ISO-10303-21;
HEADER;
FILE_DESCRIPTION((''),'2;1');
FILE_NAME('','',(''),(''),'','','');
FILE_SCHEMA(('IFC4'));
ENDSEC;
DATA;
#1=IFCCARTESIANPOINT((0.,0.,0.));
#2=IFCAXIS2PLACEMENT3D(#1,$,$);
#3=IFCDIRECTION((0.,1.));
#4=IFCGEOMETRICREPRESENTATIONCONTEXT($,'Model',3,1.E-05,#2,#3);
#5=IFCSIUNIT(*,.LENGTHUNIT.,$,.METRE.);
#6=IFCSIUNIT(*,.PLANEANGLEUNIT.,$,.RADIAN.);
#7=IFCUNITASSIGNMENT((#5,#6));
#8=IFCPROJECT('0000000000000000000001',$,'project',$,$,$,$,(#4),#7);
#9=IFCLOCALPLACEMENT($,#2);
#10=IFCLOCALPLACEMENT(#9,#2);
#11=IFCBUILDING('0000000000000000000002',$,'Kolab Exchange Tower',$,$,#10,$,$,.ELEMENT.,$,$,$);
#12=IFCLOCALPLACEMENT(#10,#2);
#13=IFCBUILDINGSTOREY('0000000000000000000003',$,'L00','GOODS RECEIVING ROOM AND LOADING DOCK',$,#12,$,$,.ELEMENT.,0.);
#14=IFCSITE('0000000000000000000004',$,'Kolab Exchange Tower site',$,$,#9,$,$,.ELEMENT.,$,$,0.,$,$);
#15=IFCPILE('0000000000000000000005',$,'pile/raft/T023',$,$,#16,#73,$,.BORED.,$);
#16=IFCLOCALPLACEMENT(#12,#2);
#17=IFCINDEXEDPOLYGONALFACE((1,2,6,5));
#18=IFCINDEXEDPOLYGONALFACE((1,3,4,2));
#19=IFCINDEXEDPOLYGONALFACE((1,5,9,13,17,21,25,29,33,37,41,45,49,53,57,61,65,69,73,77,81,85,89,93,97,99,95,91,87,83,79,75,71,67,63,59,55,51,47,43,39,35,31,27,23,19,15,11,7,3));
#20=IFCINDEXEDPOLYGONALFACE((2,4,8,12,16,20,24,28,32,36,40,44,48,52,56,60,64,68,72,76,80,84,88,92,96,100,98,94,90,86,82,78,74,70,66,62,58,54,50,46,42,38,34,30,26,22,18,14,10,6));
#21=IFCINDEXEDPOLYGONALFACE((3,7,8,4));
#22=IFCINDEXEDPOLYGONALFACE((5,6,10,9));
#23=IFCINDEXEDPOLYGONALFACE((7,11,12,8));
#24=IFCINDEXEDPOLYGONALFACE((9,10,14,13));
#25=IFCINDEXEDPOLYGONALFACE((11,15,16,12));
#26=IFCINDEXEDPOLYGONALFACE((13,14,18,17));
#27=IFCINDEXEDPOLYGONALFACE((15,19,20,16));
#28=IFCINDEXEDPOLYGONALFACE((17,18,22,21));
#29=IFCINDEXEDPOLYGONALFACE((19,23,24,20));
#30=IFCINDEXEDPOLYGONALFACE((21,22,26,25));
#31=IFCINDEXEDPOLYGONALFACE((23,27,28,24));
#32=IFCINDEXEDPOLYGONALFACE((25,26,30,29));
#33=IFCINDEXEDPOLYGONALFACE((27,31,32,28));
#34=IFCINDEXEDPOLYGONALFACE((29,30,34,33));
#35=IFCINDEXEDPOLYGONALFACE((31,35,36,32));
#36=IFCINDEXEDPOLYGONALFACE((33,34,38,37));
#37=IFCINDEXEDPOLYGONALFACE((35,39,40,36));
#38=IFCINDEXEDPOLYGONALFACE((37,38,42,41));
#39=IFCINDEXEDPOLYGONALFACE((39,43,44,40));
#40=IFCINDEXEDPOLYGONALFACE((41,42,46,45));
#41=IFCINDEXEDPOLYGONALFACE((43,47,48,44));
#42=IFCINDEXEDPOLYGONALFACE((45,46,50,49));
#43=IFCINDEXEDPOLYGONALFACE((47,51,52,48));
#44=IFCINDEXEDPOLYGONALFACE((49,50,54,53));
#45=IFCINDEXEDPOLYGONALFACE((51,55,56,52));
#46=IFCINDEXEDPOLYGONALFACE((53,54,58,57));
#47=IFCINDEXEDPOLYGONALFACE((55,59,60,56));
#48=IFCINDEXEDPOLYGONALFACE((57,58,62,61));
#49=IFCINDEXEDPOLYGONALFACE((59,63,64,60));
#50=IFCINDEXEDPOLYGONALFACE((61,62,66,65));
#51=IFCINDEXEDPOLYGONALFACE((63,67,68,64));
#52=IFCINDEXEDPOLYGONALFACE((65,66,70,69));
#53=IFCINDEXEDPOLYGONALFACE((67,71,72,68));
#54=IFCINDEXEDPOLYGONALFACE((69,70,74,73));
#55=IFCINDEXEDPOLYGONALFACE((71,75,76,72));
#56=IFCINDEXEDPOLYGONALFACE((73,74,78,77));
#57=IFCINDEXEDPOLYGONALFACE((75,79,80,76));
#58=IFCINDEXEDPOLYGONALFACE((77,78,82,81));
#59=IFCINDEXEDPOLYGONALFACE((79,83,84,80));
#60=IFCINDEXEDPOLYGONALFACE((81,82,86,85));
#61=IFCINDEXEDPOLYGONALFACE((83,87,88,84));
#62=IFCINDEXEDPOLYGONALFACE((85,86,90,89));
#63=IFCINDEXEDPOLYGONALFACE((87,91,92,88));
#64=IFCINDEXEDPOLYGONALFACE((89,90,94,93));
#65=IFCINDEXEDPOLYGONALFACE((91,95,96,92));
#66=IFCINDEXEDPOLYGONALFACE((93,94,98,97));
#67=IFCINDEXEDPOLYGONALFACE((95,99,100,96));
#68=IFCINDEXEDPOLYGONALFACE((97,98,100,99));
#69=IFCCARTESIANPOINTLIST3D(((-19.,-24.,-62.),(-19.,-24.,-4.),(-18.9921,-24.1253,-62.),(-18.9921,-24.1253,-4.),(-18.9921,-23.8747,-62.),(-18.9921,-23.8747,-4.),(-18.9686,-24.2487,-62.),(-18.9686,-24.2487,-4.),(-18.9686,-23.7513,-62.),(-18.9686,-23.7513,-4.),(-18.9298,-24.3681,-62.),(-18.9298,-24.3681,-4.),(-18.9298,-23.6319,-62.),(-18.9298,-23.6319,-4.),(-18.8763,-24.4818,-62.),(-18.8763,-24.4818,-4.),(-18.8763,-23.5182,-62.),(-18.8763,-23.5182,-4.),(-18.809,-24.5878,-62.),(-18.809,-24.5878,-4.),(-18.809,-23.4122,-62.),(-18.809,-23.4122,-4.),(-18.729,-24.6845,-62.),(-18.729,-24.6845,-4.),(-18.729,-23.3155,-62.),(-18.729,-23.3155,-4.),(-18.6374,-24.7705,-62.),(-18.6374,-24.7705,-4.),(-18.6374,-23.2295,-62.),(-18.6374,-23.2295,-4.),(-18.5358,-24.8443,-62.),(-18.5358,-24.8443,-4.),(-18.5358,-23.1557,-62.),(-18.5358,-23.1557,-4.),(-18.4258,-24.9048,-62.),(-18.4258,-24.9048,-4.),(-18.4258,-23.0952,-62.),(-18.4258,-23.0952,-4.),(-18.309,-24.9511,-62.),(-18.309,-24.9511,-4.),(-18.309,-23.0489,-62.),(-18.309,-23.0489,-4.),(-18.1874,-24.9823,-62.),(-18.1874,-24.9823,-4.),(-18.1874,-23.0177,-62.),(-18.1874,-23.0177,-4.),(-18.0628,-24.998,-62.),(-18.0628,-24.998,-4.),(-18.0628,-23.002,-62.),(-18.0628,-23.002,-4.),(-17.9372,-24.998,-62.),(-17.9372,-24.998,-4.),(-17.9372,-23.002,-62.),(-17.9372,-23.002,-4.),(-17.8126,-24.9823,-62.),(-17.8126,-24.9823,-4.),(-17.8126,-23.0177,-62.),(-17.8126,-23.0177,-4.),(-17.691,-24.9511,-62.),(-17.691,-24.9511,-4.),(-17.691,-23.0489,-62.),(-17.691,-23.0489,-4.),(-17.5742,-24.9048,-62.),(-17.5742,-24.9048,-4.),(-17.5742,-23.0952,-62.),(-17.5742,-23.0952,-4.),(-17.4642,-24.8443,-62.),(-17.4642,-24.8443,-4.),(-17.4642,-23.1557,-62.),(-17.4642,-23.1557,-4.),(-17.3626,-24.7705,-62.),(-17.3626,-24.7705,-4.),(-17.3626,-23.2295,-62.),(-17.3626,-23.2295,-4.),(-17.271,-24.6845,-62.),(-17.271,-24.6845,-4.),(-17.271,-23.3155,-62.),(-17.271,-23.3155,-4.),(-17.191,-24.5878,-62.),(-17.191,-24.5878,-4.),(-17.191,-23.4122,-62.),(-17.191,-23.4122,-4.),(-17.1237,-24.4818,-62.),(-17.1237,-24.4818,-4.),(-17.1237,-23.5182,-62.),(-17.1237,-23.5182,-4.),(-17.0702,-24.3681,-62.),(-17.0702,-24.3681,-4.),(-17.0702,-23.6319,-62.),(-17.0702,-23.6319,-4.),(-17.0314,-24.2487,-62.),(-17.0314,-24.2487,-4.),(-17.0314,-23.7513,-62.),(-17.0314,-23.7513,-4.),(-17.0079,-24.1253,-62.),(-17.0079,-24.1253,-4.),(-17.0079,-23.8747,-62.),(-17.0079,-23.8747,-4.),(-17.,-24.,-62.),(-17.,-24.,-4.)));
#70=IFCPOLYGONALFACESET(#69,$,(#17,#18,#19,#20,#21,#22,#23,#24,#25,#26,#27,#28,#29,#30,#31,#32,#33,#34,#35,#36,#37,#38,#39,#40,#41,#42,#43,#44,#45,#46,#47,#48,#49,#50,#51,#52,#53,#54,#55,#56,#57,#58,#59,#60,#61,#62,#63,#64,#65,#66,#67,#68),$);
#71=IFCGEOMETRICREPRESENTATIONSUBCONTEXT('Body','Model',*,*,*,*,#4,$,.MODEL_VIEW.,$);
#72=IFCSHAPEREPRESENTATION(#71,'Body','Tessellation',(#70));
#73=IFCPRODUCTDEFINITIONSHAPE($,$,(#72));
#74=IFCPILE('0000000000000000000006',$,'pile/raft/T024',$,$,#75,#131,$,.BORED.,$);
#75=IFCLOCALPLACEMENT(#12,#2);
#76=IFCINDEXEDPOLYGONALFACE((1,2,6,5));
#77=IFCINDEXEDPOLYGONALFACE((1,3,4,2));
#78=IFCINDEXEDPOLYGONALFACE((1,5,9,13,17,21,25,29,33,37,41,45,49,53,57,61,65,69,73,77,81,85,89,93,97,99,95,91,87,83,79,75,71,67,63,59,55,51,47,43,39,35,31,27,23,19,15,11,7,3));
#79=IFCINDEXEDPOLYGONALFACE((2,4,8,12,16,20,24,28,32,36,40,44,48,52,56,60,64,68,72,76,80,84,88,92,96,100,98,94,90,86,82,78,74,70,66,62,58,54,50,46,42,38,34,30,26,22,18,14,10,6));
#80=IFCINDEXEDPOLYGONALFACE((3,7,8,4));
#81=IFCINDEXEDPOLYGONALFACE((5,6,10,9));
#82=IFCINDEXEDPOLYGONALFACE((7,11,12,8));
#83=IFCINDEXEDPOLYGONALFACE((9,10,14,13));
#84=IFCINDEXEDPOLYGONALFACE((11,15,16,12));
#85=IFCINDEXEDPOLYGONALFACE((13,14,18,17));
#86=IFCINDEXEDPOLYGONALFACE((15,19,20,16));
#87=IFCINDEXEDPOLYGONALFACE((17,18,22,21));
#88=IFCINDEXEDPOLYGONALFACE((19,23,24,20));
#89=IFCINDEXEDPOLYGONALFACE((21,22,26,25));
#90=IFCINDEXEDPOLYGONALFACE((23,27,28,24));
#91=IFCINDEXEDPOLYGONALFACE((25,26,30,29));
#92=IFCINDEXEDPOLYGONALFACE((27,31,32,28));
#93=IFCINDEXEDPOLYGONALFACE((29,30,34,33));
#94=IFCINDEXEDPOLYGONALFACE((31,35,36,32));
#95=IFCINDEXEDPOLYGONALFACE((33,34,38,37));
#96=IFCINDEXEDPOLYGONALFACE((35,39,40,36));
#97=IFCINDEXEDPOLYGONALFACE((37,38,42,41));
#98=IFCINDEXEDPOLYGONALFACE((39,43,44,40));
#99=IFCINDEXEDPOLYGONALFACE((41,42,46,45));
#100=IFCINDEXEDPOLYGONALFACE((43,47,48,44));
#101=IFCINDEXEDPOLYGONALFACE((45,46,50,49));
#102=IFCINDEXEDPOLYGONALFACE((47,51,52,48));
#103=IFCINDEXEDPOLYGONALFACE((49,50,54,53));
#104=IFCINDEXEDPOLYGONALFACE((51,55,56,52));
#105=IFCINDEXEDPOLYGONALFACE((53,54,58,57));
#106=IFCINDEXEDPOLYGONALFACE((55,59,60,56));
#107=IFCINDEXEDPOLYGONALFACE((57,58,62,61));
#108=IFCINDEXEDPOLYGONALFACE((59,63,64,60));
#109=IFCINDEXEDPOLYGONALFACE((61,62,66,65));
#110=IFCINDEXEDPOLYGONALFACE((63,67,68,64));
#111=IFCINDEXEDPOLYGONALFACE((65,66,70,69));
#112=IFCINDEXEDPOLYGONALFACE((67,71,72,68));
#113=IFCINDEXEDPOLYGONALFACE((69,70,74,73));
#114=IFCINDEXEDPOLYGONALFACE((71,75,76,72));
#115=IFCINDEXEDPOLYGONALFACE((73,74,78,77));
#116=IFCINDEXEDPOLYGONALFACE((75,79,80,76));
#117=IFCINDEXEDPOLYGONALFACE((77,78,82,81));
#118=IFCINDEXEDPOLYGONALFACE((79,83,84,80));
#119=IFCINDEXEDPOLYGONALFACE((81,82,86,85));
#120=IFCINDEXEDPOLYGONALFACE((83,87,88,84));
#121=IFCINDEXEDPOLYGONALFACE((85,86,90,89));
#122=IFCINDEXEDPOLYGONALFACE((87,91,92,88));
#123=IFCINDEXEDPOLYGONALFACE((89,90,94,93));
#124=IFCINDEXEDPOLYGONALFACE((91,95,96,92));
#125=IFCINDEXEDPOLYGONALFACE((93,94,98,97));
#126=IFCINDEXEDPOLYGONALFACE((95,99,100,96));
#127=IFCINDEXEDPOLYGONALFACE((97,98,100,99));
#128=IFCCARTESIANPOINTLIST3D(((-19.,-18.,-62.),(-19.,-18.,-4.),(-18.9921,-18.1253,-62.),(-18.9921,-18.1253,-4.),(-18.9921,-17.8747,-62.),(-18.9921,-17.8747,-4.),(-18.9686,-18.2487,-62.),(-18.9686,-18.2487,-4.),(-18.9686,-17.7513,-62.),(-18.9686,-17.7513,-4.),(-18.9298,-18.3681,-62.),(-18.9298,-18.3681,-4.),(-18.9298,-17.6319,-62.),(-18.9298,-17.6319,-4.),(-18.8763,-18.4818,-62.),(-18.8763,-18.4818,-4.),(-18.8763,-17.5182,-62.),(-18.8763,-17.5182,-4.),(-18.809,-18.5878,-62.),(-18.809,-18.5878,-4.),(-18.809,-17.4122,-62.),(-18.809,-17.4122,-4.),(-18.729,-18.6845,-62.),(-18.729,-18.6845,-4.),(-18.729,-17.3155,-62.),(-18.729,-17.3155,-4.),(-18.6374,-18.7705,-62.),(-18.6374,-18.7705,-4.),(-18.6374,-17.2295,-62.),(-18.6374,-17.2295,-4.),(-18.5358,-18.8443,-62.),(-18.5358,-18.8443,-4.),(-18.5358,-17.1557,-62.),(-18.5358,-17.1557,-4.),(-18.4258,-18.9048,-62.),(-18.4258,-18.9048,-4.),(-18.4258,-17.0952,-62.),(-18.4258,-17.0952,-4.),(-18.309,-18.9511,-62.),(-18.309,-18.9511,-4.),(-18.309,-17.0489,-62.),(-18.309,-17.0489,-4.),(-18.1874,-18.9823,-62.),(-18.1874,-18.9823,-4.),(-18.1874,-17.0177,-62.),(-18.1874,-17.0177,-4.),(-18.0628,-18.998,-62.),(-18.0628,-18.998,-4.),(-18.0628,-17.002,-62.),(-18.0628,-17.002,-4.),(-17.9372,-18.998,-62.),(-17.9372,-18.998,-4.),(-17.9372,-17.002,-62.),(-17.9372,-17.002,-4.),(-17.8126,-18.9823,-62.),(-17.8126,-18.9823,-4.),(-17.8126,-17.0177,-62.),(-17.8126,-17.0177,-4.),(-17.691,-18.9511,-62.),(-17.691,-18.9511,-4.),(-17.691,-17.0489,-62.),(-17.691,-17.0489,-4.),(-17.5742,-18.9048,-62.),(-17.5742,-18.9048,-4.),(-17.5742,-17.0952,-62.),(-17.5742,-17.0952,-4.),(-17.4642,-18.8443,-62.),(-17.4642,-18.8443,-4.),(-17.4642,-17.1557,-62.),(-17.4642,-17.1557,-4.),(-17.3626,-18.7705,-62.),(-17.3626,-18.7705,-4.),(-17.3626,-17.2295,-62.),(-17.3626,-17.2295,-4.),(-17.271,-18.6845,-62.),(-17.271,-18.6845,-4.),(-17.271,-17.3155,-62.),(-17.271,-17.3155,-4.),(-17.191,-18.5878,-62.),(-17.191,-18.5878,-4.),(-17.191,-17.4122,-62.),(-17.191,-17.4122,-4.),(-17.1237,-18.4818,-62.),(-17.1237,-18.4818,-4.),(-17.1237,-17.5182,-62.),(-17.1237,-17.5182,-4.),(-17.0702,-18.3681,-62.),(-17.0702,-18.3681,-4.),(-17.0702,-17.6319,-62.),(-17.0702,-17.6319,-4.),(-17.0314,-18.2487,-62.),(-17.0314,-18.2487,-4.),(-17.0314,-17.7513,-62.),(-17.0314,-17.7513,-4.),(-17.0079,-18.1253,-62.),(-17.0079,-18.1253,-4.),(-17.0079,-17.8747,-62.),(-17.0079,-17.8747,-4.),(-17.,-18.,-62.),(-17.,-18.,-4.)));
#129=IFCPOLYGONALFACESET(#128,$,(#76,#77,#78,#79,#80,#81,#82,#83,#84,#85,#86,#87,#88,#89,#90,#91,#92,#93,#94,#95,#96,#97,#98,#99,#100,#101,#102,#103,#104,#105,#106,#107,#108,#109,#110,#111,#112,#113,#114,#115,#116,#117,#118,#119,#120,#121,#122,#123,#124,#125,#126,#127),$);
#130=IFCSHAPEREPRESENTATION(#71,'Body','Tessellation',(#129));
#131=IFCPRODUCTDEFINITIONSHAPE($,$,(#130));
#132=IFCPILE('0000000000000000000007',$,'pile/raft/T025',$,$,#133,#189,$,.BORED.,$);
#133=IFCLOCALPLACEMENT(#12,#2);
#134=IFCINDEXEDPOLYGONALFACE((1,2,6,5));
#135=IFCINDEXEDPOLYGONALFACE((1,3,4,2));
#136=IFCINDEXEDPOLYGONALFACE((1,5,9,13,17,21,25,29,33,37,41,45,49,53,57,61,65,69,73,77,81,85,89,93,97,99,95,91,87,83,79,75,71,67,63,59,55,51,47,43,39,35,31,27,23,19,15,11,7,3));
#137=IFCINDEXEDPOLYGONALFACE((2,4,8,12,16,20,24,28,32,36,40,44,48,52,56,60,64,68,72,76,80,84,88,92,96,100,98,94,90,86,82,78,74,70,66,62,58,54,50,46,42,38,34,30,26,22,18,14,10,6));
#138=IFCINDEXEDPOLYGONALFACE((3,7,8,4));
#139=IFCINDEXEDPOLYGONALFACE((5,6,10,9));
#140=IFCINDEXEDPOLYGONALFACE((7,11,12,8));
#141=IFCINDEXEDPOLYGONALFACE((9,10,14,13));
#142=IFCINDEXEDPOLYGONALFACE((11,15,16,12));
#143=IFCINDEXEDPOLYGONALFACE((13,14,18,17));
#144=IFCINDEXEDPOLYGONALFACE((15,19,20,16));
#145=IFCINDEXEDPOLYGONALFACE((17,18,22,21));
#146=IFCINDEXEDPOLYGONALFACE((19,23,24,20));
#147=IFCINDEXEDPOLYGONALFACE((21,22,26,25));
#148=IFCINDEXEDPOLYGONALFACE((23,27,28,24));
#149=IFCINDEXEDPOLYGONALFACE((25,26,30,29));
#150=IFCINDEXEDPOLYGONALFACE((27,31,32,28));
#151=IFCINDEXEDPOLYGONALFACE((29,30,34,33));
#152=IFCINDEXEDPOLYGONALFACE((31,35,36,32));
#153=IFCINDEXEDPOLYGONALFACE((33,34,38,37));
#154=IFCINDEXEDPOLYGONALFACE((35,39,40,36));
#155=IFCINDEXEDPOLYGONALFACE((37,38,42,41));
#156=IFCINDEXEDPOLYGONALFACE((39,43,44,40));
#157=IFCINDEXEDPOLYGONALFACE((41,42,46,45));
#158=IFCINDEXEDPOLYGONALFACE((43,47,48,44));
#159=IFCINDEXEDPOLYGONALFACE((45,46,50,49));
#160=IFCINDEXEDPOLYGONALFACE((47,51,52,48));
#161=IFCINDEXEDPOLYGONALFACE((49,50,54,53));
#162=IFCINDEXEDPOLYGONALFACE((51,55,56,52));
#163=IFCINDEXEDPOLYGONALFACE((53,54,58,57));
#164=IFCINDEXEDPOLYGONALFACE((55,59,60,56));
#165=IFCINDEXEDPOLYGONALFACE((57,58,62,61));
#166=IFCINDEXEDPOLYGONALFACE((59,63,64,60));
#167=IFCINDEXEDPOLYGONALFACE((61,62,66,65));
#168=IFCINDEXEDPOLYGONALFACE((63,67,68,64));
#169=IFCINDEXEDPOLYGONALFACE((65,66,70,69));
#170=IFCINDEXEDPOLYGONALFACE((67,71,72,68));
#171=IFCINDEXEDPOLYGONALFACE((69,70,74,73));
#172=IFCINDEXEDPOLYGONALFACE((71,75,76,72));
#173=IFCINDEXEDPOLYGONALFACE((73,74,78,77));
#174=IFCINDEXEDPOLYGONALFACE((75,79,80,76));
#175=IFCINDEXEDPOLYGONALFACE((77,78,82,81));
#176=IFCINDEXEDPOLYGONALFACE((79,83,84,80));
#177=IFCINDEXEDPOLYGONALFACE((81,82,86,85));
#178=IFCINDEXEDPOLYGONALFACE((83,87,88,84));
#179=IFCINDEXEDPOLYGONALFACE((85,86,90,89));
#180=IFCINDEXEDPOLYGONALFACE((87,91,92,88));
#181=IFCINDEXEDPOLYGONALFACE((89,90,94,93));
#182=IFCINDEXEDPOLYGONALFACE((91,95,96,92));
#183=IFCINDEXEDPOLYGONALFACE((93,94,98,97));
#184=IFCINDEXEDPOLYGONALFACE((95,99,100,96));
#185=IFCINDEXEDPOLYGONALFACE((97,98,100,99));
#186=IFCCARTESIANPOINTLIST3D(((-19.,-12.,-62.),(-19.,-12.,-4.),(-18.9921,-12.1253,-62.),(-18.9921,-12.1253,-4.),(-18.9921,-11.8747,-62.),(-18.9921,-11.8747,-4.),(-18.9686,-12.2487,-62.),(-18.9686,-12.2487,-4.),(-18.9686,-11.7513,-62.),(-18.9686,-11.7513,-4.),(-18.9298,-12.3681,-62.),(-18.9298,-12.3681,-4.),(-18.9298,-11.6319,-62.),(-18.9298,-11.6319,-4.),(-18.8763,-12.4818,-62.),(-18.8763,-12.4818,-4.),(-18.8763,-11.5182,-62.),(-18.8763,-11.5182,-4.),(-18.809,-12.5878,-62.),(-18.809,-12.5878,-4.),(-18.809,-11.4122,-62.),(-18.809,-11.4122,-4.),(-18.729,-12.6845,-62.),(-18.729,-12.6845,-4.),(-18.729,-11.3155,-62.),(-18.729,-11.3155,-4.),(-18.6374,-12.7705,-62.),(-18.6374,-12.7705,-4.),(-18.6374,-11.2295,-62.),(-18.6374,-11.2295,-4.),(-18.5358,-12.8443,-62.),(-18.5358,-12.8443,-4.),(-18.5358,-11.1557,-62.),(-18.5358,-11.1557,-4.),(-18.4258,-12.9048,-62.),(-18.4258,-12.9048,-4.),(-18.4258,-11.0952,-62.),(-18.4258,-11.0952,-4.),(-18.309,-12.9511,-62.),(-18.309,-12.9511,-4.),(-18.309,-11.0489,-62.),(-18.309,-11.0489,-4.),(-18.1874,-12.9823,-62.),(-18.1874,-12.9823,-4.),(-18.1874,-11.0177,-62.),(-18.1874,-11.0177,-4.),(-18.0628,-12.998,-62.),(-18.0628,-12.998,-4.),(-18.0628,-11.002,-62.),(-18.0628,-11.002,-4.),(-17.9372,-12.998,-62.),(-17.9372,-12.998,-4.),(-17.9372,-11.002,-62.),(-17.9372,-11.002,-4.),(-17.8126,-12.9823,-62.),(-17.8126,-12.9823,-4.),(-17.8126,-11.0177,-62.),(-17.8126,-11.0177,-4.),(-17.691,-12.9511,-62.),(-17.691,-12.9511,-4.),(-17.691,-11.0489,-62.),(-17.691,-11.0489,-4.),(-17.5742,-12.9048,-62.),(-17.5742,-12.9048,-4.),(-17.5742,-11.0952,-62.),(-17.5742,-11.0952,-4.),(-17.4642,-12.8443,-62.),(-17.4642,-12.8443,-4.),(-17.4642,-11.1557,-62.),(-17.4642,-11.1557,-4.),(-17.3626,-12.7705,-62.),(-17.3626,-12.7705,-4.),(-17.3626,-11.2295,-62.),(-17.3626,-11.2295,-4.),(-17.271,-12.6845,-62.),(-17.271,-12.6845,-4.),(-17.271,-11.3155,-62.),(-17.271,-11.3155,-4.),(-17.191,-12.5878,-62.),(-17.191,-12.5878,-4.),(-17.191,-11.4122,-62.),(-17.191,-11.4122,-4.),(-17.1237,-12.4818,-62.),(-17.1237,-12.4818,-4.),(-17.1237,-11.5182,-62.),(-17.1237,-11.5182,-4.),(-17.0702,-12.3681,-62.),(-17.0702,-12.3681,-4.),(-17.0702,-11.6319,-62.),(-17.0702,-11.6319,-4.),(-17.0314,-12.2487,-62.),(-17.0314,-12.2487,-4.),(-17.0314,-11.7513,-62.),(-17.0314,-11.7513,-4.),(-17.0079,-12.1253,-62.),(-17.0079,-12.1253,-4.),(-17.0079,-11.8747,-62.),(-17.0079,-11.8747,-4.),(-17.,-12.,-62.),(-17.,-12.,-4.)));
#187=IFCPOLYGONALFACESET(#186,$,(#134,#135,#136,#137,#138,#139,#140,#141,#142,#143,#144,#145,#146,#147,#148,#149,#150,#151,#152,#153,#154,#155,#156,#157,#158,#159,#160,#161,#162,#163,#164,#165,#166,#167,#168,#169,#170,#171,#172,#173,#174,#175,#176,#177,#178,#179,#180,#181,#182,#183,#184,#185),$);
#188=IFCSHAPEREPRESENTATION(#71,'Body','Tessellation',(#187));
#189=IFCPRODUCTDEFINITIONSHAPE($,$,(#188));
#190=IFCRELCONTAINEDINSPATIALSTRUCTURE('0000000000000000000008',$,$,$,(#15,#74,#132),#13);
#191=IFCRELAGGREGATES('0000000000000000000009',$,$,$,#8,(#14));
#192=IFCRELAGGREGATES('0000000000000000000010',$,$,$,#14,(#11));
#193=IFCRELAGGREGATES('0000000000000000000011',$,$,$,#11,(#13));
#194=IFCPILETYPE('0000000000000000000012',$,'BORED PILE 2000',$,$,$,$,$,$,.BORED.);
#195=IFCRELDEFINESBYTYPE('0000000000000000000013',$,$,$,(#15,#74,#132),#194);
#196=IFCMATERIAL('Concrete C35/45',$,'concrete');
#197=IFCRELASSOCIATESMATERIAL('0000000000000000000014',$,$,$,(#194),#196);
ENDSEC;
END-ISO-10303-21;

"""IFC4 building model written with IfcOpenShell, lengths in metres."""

from ifc_helpers import new_model, si_unit, direction, frame, origin, origin_2d, place, context, subcontext, project, spatial, circle, extrude, material, material_profile, profile_set, type_object, element, save


model = new_model("IFC4")

# Units and contexts
model_context = context("Model", 3, precision=1e-05, world=origin(), true_north=direction((0.0, 1.0)))
body_context = subcontext(model_context, "Body", "Model", "MODEL_VIEW")
ifc_project = project(units=[si_unit("LENGTHUNIT", "METRE"), si_unit("PLANEANGLEUNIT", "RADIAN")], contexts=[model_context])

# Site, building, storey
site_placement = place(None, origin())
site = spatial("IfcSite", under=ifc_project, at=site_placement, Name="Kolab Exchange Tower site", CompositionType="ELEMENT", RefElevation=0.0)
building_placement = place(site_placement, origin())
building = spatial("IfcBuilding", under=site, at=building_placement, Name="Kolab Exchange Tower", CompositionType="ELEMENT")
storey_placement = place(building_placement, origin())
storey = spatial("IfcBuildingStorey", under=building, at=storey_placement, Name="L00", Description="GOODS RECEIVING ROOM AND LOADING DOCK", CompositionType="ELEMENT", Elevation=0.0)

# Piles
ifc_material_1 = material(Name="Concrete C35/45", Category="concrete")
ifc_material_profile_1 = material_profile(ifc_material_1, circle(Radius=1.0, at=origin_2d()), Name="BP2000")
ifc_profile_set_1 = profile_set([ifc_material_profile_1], Name="Concrete C35/45")
pile_type = type_object("IfcPileType", Name="BORED PILE 2000", PredefinedType="BORED", material=ifc_profile_set_1)
for number, where, z_axis, x_axis, name in (
    (1, (-18.0, -24.0, -4.0), (0.0, 0.0, -1.0), (1.0, 0.0, 0.0), "pile/raft/T023"),
    (2, (-18.0, -18.0, -4.0), (0.0, 0.0, -1.0), (1.0, 0.0, 0.0), "pile/raft/T024"),
    (3, (-18.0, -12.0, -4.0), (0.0, 0.0, -1.0), (1.0, 0.0, 0.0), "pile/raft/T025"),
):
    element("IfcPile", number, at=place(storey_placement, frame(where, z_axis=z_axis, x_axis=x_axis)), inside=storey, type_object=pile_type, Name=name, PredefinedType="BORED", context=body_context, shape_type="SweptSolid", body=[
        extrude(circle(Radius=1.0, at=origin_2d()), origin(), (0.0, 0.0, 1.0), 58.0),
    ])

save(model, "model.ifc")
